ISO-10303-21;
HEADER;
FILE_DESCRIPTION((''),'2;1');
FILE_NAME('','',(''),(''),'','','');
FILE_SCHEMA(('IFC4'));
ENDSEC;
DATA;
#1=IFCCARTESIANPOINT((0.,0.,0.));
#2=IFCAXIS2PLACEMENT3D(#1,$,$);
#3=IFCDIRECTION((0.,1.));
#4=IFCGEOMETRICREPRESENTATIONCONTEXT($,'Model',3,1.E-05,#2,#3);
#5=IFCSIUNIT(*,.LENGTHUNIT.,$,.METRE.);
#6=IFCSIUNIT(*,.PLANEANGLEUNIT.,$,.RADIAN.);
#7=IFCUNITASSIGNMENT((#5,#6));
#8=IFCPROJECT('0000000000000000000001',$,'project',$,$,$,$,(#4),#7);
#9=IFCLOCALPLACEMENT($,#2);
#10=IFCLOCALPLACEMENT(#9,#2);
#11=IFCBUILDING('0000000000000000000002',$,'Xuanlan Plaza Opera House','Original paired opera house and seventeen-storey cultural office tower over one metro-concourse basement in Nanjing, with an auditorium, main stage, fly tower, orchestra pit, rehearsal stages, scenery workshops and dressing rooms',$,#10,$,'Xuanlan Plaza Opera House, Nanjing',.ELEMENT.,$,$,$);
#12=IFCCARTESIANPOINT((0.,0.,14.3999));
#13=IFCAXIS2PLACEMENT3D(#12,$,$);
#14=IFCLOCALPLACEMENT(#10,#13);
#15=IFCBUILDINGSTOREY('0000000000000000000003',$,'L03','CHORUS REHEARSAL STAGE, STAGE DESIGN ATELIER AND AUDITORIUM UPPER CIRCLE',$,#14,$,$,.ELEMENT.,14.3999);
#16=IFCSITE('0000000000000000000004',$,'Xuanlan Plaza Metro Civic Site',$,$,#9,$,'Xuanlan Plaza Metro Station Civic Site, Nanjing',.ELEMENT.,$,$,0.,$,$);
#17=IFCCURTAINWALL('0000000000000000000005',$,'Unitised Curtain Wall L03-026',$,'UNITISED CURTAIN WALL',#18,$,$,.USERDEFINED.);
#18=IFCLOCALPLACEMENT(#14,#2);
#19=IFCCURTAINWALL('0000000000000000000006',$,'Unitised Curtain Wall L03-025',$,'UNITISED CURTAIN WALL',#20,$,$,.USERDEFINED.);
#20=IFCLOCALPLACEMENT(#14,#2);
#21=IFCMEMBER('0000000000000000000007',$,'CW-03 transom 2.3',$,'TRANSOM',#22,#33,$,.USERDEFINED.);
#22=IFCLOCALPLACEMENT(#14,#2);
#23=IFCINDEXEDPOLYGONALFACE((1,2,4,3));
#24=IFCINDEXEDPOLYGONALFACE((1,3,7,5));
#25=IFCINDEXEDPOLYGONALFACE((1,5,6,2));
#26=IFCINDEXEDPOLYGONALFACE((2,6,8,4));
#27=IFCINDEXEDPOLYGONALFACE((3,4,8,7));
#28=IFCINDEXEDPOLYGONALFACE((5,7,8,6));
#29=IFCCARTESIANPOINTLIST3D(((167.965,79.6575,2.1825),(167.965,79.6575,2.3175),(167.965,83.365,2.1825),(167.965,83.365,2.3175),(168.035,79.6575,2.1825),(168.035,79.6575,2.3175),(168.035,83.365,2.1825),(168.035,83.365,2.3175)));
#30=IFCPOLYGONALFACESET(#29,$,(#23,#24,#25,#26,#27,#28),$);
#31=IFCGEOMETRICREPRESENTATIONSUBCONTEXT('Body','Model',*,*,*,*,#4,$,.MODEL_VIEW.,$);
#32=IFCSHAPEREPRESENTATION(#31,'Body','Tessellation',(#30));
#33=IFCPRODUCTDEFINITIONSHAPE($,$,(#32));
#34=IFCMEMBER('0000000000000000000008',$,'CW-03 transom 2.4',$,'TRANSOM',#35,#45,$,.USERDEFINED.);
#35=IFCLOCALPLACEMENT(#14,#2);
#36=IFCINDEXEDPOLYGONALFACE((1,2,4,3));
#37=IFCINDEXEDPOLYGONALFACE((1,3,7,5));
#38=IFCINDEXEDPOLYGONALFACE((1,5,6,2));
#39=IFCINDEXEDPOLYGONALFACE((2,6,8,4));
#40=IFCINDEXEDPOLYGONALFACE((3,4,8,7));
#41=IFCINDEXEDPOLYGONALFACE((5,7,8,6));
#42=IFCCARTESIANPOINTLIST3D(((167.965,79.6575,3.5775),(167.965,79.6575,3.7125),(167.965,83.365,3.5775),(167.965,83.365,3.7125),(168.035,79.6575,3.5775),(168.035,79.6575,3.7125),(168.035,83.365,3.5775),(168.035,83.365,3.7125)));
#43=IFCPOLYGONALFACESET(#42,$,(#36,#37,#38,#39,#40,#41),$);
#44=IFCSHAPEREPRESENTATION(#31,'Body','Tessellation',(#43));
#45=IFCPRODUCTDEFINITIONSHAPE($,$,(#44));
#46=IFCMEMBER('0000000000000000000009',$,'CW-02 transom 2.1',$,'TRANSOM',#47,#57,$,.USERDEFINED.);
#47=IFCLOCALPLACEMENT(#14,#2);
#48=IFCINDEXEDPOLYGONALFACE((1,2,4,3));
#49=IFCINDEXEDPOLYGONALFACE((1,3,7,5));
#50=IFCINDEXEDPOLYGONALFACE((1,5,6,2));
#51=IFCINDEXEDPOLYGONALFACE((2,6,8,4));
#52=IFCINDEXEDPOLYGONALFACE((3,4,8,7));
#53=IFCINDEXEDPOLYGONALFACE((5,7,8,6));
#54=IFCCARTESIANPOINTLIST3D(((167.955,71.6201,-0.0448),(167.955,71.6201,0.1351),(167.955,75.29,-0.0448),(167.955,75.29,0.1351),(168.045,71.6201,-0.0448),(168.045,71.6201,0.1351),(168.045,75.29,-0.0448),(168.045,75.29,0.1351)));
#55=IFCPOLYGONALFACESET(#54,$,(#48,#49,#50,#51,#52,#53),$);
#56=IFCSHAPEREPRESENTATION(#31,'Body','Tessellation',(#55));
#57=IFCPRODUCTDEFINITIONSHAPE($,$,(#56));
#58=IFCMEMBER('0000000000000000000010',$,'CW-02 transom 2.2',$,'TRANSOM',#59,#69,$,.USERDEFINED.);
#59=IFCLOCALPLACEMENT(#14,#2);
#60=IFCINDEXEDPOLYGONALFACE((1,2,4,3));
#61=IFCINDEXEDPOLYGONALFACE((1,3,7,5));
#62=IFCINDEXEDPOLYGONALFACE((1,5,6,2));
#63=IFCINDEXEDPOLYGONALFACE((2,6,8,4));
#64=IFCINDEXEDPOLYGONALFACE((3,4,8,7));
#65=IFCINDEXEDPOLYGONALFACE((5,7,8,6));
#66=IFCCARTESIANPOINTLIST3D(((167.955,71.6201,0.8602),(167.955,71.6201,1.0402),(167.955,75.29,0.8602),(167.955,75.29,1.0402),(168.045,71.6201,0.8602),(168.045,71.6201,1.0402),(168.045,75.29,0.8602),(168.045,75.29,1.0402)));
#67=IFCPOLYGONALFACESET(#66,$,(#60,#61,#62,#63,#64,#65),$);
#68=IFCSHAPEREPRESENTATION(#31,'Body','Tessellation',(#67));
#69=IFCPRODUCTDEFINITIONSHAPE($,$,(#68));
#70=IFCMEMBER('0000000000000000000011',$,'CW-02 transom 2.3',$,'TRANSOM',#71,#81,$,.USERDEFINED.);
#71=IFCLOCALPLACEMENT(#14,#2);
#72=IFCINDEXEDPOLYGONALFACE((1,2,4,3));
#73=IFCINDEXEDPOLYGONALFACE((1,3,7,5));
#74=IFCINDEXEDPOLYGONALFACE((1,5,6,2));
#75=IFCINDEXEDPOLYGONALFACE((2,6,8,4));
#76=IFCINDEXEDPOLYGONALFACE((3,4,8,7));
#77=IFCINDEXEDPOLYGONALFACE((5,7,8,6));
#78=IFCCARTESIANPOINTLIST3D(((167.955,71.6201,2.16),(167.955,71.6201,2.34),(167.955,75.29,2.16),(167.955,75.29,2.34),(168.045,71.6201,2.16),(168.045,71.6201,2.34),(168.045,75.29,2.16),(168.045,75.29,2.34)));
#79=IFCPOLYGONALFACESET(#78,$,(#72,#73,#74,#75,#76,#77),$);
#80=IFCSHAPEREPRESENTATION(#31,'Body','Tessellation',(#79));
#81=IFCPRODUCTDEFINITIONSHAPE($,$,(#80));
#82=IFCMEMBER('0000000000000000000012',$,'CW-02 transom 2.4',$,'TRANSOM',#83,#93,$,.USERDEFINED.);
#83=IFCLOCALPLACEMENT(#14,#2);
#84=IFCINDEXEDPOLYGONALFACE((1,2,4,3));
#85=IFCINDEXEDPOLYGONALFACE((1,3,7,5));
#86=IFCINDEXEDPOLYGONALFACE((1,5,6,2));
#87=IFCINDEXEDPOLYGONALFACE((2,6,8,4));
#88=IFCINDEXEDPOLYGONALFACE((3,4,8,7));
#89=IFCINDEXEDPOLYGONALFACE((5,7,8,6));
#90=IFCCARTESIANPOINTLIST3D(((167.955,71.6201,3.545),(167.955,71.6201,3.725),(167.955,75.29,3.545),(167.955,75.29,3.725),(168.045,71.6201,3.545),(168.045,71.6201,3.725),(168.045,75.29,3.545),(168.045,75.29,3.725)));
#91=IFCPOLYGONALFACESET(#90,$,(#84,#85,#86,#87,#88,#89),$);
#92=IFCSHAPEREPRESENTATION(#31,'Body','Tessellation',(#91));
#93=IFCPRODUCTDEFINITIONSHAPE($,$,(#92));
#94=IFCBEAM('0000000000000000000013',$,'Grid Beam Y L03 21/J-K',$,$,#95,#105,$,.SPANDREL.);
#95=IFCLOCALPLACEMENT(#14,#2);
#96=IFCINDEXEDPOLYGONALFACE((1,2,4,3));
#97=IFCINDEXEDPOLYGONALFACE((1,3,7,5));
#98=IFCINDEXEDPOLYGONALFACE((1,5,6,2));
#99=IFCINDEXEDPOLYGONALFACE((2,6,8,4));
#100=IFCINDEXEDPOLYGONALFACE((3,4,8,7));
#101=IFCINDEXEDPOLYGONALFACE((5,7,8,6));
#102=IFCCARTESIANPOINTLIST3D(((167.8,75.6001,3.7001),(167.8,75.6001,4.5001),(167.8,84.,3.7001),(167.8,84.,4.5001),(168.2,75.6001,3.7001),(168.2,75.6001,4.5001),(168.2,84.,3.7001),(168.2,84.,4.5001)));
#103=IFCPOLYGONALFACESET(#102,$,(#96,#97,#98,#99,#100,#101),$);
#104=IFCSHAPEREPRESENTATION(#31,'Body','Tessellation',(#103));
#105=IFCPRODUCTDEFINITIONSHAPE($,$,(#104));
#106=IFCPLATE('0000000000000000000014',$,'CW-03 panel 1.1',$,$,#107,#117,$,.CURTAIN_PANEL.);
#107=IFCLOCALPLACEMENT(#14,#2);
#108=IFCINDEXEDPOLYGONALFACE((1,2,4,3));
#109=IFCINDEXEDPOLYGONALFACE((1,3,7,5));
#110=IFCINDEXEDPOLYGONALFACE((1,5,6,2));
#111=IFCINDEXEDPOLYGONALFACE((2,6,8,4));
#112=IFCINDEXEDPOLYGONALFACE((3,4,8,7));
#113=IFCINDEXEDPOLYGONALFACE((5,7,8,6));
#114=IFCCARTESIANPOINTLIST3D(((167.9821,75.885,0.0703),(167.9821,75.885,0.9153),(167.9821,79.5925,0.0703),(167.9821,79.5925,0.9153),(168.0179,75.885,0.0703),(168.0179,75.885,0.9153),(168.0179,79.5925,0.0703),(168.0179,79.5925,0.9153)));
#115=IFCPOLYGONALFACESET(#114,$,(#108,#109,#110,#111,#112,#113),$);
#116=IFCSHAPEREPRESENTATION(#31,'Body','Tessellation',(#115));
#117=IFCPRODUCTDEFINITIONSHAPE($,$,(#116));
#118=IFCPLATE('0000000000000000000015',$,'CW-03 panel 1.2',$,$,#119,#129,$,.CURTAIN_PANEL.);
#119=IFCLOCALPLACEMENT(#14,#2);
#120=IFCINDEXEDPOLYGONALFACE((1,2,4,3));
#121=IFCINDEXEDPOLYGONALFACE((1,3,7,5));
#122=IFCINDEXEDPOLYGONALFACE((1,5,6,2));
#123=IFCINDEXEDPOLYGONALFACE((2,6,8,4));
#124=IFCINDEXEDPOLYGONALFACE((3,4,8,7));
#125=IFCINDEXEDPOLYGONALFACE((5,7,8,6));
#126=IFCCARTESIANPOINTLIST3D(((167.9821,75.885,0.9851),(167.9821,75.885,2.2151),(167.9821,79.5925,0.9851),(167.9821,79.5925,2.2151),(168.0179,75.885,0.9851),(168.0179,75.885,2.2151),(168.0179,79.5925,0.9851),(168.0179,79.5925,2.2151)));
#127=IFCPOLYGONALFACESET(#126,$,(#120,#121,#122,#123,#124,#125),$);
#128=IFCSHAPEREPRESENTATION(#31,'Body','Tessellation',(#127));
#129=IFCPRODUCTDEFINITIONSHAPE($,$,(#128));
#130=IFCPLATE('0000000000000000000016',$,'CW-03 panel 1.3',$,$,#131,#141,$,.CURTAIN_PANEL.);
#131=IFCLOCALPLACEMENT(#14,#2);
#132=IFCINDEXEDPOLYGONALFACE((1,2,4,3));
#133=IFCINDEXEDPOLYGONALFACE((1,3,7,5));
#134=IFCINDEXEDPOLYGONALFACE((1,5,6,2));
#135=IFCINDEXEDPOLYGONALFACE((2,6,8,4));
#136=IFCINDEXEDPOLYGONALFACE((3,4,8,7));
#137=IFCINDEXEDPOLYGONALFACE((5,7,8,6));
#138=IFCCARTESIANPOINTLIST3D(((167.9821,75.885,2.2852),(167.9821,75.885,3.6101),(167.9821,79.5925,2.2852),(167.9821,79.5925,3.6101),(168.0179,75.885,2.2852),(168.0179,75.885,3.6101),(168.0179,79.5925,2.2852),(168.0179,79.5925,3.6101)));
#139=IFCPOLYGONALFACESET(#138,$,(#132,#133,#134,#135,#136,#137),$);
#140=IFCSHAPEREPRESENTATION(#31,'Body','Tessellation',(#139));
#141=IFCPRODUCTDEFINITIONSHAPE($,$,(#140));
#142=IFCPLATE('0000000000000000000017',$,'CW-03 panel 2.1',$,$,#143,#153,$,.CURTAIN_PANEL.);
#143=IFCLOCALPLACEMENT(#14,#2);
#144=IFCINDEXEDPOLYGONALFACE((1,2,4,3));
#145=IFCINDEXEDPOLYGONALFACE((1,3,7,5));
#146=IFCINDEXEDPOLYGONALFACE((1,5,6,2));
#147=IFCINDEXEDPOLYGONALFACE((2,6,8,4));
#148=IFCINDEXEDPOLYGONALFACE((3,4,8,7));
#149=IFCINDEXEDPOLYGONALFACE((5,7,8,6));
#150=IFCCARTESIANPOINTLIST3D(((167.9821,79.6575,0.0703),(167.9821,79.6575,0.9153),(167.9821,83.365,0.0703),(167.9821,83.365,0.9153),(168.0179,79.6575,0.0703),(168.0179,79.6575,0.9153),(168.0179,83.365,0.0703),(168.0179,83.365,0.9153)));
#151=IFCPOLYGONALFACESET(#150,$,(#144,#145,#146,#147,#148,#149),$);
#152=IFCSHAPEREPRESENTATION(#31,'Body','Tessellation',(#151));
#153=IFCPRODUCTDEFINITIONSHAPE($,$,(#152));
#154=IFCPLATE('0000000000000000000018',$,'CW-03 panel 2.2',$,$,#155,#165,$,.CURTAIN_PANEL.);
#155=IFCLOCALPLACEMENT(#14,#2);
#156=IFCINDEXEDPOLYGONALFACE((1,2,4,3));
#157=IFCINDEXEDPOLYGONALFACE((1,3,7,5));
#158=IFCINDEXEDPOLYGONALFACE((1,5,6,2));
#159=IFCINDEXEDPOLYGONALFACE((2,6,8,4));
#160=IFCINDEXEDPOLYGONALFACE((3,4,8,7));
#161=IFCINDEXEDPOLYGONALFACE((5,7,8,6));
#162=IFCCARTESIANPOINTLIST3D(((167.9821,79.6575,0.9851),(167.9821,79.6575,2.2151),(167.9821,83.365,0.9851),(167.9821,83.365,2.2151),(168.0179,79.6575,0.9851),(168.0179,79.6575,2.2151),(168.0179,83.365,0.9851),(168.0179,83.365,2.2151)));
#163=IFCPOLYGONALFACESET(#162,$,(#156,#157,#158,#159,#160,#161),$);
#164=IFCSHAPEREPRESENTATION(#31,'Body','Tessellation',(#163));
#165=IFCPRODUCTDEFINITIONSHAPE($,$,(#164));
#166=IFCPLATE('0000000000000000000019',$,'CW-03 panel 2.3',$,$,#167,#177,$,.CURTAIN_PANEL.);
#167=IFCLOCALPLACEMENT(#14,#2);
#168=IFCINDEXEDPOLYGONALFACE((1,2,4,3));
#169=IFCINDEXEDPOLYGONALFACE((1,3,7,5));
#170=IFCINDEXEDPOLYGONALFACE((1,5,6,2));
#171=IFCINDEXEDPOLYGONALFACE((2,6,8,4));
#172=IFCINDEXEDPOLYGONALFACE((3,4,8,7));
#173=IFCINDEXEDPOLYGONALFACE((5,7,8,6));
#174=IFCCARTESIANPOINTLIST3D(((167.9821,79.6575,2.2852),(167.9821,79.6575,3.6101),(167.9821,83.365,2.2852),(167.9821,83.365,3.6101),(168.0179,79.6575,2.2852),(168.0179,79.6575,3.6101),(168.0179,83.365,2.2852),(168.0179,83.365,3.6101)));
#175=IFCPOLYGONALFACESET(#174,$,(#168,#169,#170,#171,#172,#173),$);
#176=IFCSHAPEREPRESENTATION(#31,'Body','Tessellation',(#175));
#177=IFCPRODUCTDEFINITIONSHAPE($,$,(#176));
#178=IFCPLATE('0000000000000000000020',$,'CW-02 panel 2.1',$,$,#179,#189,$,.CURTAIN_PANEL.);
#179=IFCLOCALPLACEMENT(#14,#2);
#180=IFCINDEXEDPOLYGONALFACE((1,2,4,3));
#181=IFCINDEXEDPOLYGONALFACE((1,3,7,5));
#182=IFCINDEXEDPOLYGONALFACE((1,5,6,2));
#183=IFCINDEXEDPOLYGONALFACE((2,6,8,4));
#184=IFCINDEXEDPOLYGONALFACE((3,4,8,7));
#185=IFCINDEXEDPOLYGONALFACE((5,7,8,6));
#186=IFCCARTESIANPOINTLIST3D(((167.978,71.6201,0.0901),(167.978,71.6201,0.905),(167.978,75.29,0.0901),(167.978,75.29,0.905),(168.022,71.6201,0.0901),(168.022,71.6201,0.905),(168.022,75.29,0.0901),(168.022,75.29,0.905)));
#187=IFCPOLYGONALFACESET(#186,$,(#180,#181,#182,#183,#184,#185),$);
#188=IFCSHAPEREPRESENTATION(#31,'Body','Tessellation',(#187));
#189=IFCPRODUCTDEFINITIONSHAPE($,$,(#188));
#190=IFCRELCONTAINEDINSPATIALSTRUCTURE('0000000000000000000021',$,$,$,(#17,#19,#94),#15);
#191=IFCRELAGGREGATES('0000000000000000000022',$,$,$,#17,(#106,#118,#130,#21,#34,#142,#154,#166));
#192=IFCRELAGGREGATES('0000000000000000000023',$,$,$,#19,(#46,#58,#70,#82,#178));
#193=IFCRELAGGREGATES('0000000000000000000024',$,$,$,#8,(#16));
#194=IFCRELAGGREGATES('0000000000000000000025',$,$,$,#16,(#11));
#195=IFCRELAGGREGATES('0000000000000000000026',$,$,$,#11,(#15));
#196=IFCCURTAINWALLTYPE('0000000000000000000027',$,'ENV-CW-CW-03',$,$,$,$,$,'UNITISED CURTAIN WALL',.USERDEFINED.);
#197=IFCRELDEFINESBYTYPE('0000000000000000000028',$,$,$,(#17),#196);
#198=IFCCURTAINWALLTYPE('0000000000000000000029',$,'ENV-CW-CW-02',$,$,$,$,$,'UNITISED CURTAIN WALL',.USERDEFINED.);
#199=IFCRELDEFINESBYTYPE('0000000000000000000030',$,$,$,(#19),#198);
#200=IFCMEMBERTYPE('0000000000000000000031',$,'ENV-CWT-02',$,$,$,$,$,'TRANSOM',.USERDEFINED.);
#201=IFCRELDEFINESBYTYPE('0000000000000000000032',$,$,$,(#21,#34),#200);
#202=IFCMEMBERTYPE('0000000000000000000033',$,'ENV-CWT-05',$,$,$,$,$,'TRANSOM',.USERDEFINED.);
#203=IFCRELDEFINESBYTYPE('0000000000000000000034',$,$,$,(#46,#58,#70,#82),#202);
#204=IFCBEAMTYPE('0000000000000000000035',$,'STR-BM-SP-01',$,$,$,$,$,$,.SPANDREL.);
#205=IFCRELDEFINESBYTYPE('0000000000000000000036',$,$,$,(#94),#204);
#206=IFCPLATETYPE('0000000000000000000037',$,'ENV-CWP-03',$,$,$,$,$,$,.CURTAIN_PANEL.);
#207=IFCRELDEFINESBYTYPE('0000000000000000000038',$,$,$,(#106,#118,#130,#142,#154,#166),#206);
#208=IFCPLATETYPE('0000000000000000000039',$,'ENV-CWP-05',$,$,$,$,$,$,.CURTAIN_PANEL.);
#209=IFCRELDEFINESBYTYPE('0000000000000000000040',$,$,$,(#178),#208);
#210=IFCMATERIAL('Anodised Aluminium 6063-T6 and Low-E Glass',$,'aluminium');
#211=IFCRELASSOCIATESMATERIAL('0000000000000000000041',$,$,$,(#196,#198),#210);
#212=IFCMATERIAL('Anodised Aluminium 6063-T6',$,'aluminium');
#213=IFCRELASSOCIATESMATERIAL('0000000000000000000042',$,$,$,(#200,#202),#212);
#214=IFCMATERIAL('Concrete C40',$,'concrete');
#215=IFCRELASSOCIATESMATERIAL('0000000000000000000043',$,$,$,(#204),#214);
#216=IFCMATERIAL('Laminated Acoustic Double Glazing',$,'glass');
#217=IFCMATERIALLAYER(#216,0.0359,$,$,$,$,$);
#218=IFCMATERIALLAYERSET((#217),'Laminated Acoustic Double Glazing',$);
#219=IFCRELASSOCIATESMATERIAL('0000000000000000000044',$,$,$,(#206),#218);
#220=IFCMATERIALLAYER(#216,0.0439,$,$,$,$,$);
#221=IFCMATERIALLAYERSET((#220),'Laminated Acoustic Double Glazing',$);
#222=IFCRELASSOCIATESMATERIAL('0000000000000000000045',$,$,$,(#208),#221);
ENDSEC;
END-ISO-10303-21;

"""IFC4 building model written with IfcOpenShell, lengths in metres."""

from ifc_helpers import new_model, si_unit, direction, frame, origin, origin_2d, place, context, subcontext, project, spatial, rectangle, extrude, material, layer, layer_set, material_profile, profile_set, type_object, element, aggregate, save


model = new_model("IFC4")

# Units and contexts
model_context = context("Model", 3, precision=1e-05, world=origin(), true_north=direction((0.0, 1.0)))
body_context = subcontext(model_context, "Body", "Model", "MODEL_VIEW")
ifc_project = project(units=[si_unit("LENGTHUNIT", "METRE"), si_unit("PLANEANGLEUNIT", "RADIAN")], contexts=[model_context])

# Site, building, storey
site_placement = place(None, origin())
site = spatial("IfcSite", under=ifc_project, at=site_placement, Name="Xuanlan Plaza Metro Civic Site", LongName="Xuanlan Plaza Metro Station Civic Site, Nanjing", CompositionType="ELEMENT", RefElevation=0.0)
building_placement = place(site_placement, origin())
building = spatial("IfcBuilding", under=site, at=building_placement, Name="Xuanlan Plaza Opera House", Description="Original paired opera house and seventeen-storey cultural office tower over one metro-concourse basement in Nanjing, with an auditorium, main stage, fly tower, orchestra pit, rehearsal stages, scenery workshops and dressing rooms", LongName="Xuanlan Plaza Opera House, Nanjing", CompositionType="ELEMENT")
storey_placement = place(building_placement, frame((0.0, 0.0, 14.3999)))
storey = spatial("IfcBuildingStorey", under=building, at=storey_placement, Name="L03", Description="CHORUS REHEARSAL STAGE, STAGE DESIGN ATELIER AND AUDITORIUM UPPER CIRCLE", CompositionType="ELEMENT", Elevation=14.3999)

# Curtain wall
ifc_material_1 = material(Name="Anodised Aluminium 6063-T6 and Low-E Glass", Category="aluminium")
curtain_wall_type_1 = type_object("IfcCurtainWallType", Name="ENV-CW-CW-03", ElementType="UNITISED CURTAIN WALL", PredefinedType="USERDEFINED", material=ifc_material_1)
curtain_wall_1_placement = place(storey_placement, origin())
curtain_wall_1 = element("IfcCurtainWall", 1, at=curtain_wall_1_placement, inside=storey, type_object=curtain_wall_type_1, Name="Unitised Curtain Wall L03-026", ObjectType="UNITISED CURTAIN WALL", PredefinedType="USERDEFINED")
ifc_material_2 = material(Name="Anodised Aluminium 6063-T6", Category="aluminium")

# Curtain wall
curtain_wall_type_2 = type_object("IfcCurtainWallType", Name="ENV-CW-CW-02", ElementType="UNITISED CURTAIN WALL", PredefinedType="USERDEFINED", material=ifc_material_1)
curtain_wall_2_placement = place(storey_placement, origin())
curtain_wall_2 = element("IfcCurtainWall", 2, at=curtain_wall_2_placement, inside=storey, type_object=curtain_wall_type_2, Name="Unitised Curtain Wall L03-025", ObjectType="UNITISED CURTAIN WALL", PredefinedType="USERDEFINED")

# Members
ifc_material_profile_1 = material_profile(ifc_material_2, rectangle(XDim=0.0701, YDim=0.135, at=origin_2d()), Name="ALU-T 70x135")
ifc_profile_set_1 = profile_set([ifc_material_profile_1], Name="Anodised Aluminium 6063-T6")
member_type_1 = type_object("IfcMemberType", Name="ENV-CWT-02", ElementType="TRANSOM", PredefinedType="USERDEFINED", material=ifc_profile_set_1)
member_1_placement = place(storey_placement, frame((168.0, 79.6575, 2.25), z_axis=(0.0, 1.0, 0.0), x_axis=(-1.0, 0.0, 0.0)))
member_1 = element("IfcMember", 3, at=member_1_placement, type_object=member_type_1, Name="CW-03 transom 2.3", ObjectType="TRANSOM", PredefinedType="USERDEFINED", context=body_context, shape_type="SweptSolid", body=[
    extrude(rectangle(XDim=0.0701, YDim=0.135, at=origin_2d()), origin(), (0.0, 0.0, 1.0), 3.7075),
])
member_2_placement = place(storey_placement, frame((168.0, 79.6575, 3.645), z_axis=(0.0, 1.0, 0.0), x_axis=(-1.0, 0.0, 0.0)))
member_2 = element("IfcMember", 4, at=member_2_placement, type_object=member_type_1, Name="CW-03 transom 2.4", ObjectType="TRANSOM", PredefinedType="USERDEFINED", context=body_context, shape_type="SweptSolid", body=[
    extrude(rectangle(XDim=0.0701, YDim=0.135, at=origin_2d()), origin(), (0.0, 0.0, 1.0), 3.7075),
])
ifc_material_profile_2 = material_profile(ifc_material_2, rectangle(XDim=0.0901, YDim=0.1799, at=origin_2d()), Name="ALU-T 90x180")
ifc_profile_set_2 = profile_set([ifc_material_profile_2], Name="Anodised Aluminium 6063-T6")
member_type_2 = type_object("IfcMemberType", Name="ENV-CWT-05", ElementType="TRANSOM", PredefinedType="USERDEFINED", material=ifc_profile_set_2)
member_3_placement = place(storey_placement, frame((168.0, 71.6201, 0.0452), z_axis=(0.0, 1.0, 0.0), x_axis=(-1.0, 0.0, 0.0)))
member_3 = element("IfcMember", 5, at=member_3_placement, type_object=member_type_2, Name="CW-02 transom 2.1", ObjectType="TRANSOM", PredefinedType="USERDEFINED", context=body_context, shape_type="SweptSolid", body=[
    extrude(rectangle(XDim=0.0901, YDim=0.1799, at=origin_2d()), origin(), (0.0, 0.0, 1.0), 3.6699),
])
member_4_placement = place(storey_placement, frame((168.0, 71.6201, 0.9502), z_axis=(0.0, 1.0, 0.0), x_axis=(-1.0, 0.0, 0.0)))
member_4 = element("IfcMember", 6, at=member_4_placement, type_object=member_type_2, Name="CW-02 transom 2.2", ObjectType="TRANSOM", PredefinedType="USERDEFINED", context=body_context, shape_type="SweptSolid", body=[
    extrude(rectangle(XDim=0.0901, YDim=0.1799, at=origin_2d()), origin(), (0.0, 0.0, 1.0), 3.6699),
])
member_5_placement = place(storey_placement, frame((168.0, 71.6201, 2.25), z_axis=(0.0, 1.0, 0.0), x_axis=(-1.0, 0.0, 0.0)))
member_5 = element("IfcMember", 7, at=member_5_placement, type_object=member_type_2, Name="CW-02 transom 2.3", ObjectType="TRANSOM", PredefinedType="USERDEFINED", context=body_context, shape_type="SweptSolid", body=[
    extrude(rectangle(XDim=0.0901, YDim=0.1799, at=origin_2d()), origin(), (0.0, 0.0, 1.0), 3.6699),
])
member_6_placement = place(storey_placement, frame((168.0, 71.6201, 3.635), z_axis=(0.0, 1.0, 0.0), x_axis=(-1.0, 0.0, 0.0)))
member_6 = element("IfcMember", 8, at=member_6_placement, type_object=member_type_2, Name="CW-02 transom 2.4", ObjectType="TRANSOM", PredefinedType="USERDEFINED", context=body_context, shape_type="SweptSolid", body=[
    extrude(rectangle(XDim=0.0901, YDim=0.1799, at=origin_2d()), origin(), (0.0, 0.0, 1.0), 3.6699),
])

# Beam
ifc_material_3 = material(Name="Concrete C40", Category="concrete")
ifc_material_profile_3 = material_profile(ifc_material_3, rectangle(XDim=0.3999, YDim=0.8, at=origin_2d()), Name="RC-SPD 400x800")
ifc_profile_set_3 = profile_set([ifc_material_profile_3], Name="Concrete C40")
beam_type = type_object("IfcBeamType", Name="STR-BM-SP-01", PredefinedType="SPANDREL", material=ifc_profile_set_3)
beam_placement = place(storey_placement, frame((168.0, 75.6001, 4.1001), z_axis=(0.0, 1.0, 0.0), x_axis=(-1.0, 0.0, 0.0)))
element("IfcBeam", 9, at=beam_placement, inside=storey, type_object=beam_type, Name="Grid Beam Y L03 21/J-K", PredefinedType="SPANDREL", context=body_context, shape_type="SweptSolid", body=[
    extrude(rectangle(XDim=0.3999, YDim=0.8, at=origin_2d()), origin(), (0.0, 0.0, 1.0), 8.3999),
])

# Plates
ifc_material_4 = material(Name="Laminated Acoustic Double Glazing", Category="glass")
ifc_layer_1 = layer(ifc_material_4, 0.0359)
ifc_layer_set_1 = layer_set([ifc_layer_1], Name="Laminated Acoustic Double Glazing")
plate_type_1 = type_object("IfcPlateType", Name="ENV-CWP-03", PredefinedType="CURTAIN_PANEL", material=ifc_layer_set_1)
plate_1_placement = place(storey_placement, frame((168.0, 77.7388, 0.0703), z_axis=(0.0, 0.0, 1.0), x_axis=(0.0, 1.0, 0.0)))
plate_1 = element("IfcPlate", 10, at=plate_1_placement, type_object=plate_type_1, Name="CW-03 panel 1.1", PredefinedType="CURTAIN_PANEL", context=body_context, shape_type="SweptSolid", body=[
    extrude(rectangle(XDim=3.7075, YDim=0.0359, at=origin_2d()), origin(), (0.0, 0.0, 1.0), 0.845),
])
plate_2_placement = place(storey_placement, frame((168.0, 77.7388, 0.9851), z_axis=(0.0, 0.0, 1.0), x_axis=(0.0, 1.0, 0.0)))
plate_2 = element("IfcPlate", 11, at=plate_2_placement, type_object=plate_type_1, Name="CW-03 panel 1.2", PredefinedType="CURTAIN_PANEL", context=body_context, shape_type="SweptSolid", body=[
    extrude(rectangle(XDim=3.7075, YDim=0.0359, at=origin_2d()), origin(), (0.0, 0.0, 1.0), 1.23),
])
plate_3_placement = place(storey_placement, frame((168.0, 77.7388, 2.2852), z_axis=(0.0, 0.0, 1.0), x_axis=(0.0, 1.0, 0.0)))
plate_3 = element("IfcPlate", 12, at=plate_3_placement, type_object=plate_type_1, Name="CW-03 panel 1.3", PredefinedType="CURTAIN_PANEL", context=body_context, shape_type="SweptSolid", body=[
    extrude(rectangle(XDim=3.7075, YDim=0.0359, at=origin_2d()), origin(), (0.0, 0.0, 1.0), 1.325),
])
plate_4_placement = place(storey_placement, frame((168.0, 81.5112, 0.0703), z_axis=(0.0, 0.0, 1.0), x_axis=(0.0, 1.0, 0.0)))
plate_4 = element("IfcPlate", 13, at=plate_4_placement, type_object=plate_type_1, Name="CW-03 panel 2.1", PredefinedType="CURTAIN_PANEL", context=body_context, shape_type="SweptSolid", body=[
    extrude(rectangle(XDim=3.7075, YDim=0.0359, at=origin_2d()), origin(), (0.0, 0.0, 1.0), 0.845),
])
plate_5_placement = place(storey_placement, frame((168.0, 81.5112, 0.9851), z_axis=(0.0, 0.0, 1.0), x_axis=(0.0, 1.0, 0.0)))
plate_5 = element("IfcPlate", 14, at=plate_5_placement, type_object=plate_type_1, Name="CW-03 panel 2.2", PredefinedType="CURTAIN_PANEL", context=body_context, shape_type="SweptSolid", body=[
    extrude(rectangle(XDim=3.7075, YDim=0.0359, at=origin_2d()), origin(), (0.0, 0.0, 1.0), 1.23),
])
plate_6_placement = place(storey_placement, frame((168.0, 81.5112, 2.2852), z_axis=(0.0, 0.0, 1.0), x_axis=(0.0, 1.0, 0.0)))
plate_6 = element("IfcPlate", 15, at=plate_6_placement, type_object=plate_type_1, Name="CW-03 panel 2.3", PredefinedType="CURTAIN_PANEL", context=body_context, shape_type="SweptSolid", body=[
    extrude(rectangle(XDim=3.7075, YDim=0.0359, at=origin_2d()), origin(), (0.0, 0.0, 1.0), 1.325),
])
aggregate(curtain_wall_1, [plate_1, plate_2, plate_3, member_1, member_2, plate_4, plate_5, plate_6])
ifc_layer_2 = layer(ifc_material_4, 0.0439)
ifc_layer_set_2 = layer_set([ifc_layer_2], Name="Laminated Acoustic Double Glazing")
plate_type_2 = type_object("IfcPlateType", Name="ENV-CWP-05", PredefinedType="CURTAIN_PANEL", material=ifc_layer_set_2)
plate_7_placement = place(storey_placement, frame((168.0, 73.4551, 0.0901), z_axis=(0.0, 0.0, 1.0), x_axis=(0.0, 1.0, 0.0)))
plate_7 = element("IfcPlate", 16, at=plate_7_placement, type_object=plate_type_2, Name="CW-02 panel 2.1", PredefinedType="CURTAIN_PANEL", context=body_context, shape_type="SweptSolid", body=[
    extrude(rectangle(XDim=3.6699, YDim=0.0439, at=origin_2d()), origin(), (0.0, 0.0, 1.0), 0.8149),
])
aggregate(curtain_wall_2, [member_3, member_4, member_5, member_6, plate_7])

save(model, "model.ifc")
